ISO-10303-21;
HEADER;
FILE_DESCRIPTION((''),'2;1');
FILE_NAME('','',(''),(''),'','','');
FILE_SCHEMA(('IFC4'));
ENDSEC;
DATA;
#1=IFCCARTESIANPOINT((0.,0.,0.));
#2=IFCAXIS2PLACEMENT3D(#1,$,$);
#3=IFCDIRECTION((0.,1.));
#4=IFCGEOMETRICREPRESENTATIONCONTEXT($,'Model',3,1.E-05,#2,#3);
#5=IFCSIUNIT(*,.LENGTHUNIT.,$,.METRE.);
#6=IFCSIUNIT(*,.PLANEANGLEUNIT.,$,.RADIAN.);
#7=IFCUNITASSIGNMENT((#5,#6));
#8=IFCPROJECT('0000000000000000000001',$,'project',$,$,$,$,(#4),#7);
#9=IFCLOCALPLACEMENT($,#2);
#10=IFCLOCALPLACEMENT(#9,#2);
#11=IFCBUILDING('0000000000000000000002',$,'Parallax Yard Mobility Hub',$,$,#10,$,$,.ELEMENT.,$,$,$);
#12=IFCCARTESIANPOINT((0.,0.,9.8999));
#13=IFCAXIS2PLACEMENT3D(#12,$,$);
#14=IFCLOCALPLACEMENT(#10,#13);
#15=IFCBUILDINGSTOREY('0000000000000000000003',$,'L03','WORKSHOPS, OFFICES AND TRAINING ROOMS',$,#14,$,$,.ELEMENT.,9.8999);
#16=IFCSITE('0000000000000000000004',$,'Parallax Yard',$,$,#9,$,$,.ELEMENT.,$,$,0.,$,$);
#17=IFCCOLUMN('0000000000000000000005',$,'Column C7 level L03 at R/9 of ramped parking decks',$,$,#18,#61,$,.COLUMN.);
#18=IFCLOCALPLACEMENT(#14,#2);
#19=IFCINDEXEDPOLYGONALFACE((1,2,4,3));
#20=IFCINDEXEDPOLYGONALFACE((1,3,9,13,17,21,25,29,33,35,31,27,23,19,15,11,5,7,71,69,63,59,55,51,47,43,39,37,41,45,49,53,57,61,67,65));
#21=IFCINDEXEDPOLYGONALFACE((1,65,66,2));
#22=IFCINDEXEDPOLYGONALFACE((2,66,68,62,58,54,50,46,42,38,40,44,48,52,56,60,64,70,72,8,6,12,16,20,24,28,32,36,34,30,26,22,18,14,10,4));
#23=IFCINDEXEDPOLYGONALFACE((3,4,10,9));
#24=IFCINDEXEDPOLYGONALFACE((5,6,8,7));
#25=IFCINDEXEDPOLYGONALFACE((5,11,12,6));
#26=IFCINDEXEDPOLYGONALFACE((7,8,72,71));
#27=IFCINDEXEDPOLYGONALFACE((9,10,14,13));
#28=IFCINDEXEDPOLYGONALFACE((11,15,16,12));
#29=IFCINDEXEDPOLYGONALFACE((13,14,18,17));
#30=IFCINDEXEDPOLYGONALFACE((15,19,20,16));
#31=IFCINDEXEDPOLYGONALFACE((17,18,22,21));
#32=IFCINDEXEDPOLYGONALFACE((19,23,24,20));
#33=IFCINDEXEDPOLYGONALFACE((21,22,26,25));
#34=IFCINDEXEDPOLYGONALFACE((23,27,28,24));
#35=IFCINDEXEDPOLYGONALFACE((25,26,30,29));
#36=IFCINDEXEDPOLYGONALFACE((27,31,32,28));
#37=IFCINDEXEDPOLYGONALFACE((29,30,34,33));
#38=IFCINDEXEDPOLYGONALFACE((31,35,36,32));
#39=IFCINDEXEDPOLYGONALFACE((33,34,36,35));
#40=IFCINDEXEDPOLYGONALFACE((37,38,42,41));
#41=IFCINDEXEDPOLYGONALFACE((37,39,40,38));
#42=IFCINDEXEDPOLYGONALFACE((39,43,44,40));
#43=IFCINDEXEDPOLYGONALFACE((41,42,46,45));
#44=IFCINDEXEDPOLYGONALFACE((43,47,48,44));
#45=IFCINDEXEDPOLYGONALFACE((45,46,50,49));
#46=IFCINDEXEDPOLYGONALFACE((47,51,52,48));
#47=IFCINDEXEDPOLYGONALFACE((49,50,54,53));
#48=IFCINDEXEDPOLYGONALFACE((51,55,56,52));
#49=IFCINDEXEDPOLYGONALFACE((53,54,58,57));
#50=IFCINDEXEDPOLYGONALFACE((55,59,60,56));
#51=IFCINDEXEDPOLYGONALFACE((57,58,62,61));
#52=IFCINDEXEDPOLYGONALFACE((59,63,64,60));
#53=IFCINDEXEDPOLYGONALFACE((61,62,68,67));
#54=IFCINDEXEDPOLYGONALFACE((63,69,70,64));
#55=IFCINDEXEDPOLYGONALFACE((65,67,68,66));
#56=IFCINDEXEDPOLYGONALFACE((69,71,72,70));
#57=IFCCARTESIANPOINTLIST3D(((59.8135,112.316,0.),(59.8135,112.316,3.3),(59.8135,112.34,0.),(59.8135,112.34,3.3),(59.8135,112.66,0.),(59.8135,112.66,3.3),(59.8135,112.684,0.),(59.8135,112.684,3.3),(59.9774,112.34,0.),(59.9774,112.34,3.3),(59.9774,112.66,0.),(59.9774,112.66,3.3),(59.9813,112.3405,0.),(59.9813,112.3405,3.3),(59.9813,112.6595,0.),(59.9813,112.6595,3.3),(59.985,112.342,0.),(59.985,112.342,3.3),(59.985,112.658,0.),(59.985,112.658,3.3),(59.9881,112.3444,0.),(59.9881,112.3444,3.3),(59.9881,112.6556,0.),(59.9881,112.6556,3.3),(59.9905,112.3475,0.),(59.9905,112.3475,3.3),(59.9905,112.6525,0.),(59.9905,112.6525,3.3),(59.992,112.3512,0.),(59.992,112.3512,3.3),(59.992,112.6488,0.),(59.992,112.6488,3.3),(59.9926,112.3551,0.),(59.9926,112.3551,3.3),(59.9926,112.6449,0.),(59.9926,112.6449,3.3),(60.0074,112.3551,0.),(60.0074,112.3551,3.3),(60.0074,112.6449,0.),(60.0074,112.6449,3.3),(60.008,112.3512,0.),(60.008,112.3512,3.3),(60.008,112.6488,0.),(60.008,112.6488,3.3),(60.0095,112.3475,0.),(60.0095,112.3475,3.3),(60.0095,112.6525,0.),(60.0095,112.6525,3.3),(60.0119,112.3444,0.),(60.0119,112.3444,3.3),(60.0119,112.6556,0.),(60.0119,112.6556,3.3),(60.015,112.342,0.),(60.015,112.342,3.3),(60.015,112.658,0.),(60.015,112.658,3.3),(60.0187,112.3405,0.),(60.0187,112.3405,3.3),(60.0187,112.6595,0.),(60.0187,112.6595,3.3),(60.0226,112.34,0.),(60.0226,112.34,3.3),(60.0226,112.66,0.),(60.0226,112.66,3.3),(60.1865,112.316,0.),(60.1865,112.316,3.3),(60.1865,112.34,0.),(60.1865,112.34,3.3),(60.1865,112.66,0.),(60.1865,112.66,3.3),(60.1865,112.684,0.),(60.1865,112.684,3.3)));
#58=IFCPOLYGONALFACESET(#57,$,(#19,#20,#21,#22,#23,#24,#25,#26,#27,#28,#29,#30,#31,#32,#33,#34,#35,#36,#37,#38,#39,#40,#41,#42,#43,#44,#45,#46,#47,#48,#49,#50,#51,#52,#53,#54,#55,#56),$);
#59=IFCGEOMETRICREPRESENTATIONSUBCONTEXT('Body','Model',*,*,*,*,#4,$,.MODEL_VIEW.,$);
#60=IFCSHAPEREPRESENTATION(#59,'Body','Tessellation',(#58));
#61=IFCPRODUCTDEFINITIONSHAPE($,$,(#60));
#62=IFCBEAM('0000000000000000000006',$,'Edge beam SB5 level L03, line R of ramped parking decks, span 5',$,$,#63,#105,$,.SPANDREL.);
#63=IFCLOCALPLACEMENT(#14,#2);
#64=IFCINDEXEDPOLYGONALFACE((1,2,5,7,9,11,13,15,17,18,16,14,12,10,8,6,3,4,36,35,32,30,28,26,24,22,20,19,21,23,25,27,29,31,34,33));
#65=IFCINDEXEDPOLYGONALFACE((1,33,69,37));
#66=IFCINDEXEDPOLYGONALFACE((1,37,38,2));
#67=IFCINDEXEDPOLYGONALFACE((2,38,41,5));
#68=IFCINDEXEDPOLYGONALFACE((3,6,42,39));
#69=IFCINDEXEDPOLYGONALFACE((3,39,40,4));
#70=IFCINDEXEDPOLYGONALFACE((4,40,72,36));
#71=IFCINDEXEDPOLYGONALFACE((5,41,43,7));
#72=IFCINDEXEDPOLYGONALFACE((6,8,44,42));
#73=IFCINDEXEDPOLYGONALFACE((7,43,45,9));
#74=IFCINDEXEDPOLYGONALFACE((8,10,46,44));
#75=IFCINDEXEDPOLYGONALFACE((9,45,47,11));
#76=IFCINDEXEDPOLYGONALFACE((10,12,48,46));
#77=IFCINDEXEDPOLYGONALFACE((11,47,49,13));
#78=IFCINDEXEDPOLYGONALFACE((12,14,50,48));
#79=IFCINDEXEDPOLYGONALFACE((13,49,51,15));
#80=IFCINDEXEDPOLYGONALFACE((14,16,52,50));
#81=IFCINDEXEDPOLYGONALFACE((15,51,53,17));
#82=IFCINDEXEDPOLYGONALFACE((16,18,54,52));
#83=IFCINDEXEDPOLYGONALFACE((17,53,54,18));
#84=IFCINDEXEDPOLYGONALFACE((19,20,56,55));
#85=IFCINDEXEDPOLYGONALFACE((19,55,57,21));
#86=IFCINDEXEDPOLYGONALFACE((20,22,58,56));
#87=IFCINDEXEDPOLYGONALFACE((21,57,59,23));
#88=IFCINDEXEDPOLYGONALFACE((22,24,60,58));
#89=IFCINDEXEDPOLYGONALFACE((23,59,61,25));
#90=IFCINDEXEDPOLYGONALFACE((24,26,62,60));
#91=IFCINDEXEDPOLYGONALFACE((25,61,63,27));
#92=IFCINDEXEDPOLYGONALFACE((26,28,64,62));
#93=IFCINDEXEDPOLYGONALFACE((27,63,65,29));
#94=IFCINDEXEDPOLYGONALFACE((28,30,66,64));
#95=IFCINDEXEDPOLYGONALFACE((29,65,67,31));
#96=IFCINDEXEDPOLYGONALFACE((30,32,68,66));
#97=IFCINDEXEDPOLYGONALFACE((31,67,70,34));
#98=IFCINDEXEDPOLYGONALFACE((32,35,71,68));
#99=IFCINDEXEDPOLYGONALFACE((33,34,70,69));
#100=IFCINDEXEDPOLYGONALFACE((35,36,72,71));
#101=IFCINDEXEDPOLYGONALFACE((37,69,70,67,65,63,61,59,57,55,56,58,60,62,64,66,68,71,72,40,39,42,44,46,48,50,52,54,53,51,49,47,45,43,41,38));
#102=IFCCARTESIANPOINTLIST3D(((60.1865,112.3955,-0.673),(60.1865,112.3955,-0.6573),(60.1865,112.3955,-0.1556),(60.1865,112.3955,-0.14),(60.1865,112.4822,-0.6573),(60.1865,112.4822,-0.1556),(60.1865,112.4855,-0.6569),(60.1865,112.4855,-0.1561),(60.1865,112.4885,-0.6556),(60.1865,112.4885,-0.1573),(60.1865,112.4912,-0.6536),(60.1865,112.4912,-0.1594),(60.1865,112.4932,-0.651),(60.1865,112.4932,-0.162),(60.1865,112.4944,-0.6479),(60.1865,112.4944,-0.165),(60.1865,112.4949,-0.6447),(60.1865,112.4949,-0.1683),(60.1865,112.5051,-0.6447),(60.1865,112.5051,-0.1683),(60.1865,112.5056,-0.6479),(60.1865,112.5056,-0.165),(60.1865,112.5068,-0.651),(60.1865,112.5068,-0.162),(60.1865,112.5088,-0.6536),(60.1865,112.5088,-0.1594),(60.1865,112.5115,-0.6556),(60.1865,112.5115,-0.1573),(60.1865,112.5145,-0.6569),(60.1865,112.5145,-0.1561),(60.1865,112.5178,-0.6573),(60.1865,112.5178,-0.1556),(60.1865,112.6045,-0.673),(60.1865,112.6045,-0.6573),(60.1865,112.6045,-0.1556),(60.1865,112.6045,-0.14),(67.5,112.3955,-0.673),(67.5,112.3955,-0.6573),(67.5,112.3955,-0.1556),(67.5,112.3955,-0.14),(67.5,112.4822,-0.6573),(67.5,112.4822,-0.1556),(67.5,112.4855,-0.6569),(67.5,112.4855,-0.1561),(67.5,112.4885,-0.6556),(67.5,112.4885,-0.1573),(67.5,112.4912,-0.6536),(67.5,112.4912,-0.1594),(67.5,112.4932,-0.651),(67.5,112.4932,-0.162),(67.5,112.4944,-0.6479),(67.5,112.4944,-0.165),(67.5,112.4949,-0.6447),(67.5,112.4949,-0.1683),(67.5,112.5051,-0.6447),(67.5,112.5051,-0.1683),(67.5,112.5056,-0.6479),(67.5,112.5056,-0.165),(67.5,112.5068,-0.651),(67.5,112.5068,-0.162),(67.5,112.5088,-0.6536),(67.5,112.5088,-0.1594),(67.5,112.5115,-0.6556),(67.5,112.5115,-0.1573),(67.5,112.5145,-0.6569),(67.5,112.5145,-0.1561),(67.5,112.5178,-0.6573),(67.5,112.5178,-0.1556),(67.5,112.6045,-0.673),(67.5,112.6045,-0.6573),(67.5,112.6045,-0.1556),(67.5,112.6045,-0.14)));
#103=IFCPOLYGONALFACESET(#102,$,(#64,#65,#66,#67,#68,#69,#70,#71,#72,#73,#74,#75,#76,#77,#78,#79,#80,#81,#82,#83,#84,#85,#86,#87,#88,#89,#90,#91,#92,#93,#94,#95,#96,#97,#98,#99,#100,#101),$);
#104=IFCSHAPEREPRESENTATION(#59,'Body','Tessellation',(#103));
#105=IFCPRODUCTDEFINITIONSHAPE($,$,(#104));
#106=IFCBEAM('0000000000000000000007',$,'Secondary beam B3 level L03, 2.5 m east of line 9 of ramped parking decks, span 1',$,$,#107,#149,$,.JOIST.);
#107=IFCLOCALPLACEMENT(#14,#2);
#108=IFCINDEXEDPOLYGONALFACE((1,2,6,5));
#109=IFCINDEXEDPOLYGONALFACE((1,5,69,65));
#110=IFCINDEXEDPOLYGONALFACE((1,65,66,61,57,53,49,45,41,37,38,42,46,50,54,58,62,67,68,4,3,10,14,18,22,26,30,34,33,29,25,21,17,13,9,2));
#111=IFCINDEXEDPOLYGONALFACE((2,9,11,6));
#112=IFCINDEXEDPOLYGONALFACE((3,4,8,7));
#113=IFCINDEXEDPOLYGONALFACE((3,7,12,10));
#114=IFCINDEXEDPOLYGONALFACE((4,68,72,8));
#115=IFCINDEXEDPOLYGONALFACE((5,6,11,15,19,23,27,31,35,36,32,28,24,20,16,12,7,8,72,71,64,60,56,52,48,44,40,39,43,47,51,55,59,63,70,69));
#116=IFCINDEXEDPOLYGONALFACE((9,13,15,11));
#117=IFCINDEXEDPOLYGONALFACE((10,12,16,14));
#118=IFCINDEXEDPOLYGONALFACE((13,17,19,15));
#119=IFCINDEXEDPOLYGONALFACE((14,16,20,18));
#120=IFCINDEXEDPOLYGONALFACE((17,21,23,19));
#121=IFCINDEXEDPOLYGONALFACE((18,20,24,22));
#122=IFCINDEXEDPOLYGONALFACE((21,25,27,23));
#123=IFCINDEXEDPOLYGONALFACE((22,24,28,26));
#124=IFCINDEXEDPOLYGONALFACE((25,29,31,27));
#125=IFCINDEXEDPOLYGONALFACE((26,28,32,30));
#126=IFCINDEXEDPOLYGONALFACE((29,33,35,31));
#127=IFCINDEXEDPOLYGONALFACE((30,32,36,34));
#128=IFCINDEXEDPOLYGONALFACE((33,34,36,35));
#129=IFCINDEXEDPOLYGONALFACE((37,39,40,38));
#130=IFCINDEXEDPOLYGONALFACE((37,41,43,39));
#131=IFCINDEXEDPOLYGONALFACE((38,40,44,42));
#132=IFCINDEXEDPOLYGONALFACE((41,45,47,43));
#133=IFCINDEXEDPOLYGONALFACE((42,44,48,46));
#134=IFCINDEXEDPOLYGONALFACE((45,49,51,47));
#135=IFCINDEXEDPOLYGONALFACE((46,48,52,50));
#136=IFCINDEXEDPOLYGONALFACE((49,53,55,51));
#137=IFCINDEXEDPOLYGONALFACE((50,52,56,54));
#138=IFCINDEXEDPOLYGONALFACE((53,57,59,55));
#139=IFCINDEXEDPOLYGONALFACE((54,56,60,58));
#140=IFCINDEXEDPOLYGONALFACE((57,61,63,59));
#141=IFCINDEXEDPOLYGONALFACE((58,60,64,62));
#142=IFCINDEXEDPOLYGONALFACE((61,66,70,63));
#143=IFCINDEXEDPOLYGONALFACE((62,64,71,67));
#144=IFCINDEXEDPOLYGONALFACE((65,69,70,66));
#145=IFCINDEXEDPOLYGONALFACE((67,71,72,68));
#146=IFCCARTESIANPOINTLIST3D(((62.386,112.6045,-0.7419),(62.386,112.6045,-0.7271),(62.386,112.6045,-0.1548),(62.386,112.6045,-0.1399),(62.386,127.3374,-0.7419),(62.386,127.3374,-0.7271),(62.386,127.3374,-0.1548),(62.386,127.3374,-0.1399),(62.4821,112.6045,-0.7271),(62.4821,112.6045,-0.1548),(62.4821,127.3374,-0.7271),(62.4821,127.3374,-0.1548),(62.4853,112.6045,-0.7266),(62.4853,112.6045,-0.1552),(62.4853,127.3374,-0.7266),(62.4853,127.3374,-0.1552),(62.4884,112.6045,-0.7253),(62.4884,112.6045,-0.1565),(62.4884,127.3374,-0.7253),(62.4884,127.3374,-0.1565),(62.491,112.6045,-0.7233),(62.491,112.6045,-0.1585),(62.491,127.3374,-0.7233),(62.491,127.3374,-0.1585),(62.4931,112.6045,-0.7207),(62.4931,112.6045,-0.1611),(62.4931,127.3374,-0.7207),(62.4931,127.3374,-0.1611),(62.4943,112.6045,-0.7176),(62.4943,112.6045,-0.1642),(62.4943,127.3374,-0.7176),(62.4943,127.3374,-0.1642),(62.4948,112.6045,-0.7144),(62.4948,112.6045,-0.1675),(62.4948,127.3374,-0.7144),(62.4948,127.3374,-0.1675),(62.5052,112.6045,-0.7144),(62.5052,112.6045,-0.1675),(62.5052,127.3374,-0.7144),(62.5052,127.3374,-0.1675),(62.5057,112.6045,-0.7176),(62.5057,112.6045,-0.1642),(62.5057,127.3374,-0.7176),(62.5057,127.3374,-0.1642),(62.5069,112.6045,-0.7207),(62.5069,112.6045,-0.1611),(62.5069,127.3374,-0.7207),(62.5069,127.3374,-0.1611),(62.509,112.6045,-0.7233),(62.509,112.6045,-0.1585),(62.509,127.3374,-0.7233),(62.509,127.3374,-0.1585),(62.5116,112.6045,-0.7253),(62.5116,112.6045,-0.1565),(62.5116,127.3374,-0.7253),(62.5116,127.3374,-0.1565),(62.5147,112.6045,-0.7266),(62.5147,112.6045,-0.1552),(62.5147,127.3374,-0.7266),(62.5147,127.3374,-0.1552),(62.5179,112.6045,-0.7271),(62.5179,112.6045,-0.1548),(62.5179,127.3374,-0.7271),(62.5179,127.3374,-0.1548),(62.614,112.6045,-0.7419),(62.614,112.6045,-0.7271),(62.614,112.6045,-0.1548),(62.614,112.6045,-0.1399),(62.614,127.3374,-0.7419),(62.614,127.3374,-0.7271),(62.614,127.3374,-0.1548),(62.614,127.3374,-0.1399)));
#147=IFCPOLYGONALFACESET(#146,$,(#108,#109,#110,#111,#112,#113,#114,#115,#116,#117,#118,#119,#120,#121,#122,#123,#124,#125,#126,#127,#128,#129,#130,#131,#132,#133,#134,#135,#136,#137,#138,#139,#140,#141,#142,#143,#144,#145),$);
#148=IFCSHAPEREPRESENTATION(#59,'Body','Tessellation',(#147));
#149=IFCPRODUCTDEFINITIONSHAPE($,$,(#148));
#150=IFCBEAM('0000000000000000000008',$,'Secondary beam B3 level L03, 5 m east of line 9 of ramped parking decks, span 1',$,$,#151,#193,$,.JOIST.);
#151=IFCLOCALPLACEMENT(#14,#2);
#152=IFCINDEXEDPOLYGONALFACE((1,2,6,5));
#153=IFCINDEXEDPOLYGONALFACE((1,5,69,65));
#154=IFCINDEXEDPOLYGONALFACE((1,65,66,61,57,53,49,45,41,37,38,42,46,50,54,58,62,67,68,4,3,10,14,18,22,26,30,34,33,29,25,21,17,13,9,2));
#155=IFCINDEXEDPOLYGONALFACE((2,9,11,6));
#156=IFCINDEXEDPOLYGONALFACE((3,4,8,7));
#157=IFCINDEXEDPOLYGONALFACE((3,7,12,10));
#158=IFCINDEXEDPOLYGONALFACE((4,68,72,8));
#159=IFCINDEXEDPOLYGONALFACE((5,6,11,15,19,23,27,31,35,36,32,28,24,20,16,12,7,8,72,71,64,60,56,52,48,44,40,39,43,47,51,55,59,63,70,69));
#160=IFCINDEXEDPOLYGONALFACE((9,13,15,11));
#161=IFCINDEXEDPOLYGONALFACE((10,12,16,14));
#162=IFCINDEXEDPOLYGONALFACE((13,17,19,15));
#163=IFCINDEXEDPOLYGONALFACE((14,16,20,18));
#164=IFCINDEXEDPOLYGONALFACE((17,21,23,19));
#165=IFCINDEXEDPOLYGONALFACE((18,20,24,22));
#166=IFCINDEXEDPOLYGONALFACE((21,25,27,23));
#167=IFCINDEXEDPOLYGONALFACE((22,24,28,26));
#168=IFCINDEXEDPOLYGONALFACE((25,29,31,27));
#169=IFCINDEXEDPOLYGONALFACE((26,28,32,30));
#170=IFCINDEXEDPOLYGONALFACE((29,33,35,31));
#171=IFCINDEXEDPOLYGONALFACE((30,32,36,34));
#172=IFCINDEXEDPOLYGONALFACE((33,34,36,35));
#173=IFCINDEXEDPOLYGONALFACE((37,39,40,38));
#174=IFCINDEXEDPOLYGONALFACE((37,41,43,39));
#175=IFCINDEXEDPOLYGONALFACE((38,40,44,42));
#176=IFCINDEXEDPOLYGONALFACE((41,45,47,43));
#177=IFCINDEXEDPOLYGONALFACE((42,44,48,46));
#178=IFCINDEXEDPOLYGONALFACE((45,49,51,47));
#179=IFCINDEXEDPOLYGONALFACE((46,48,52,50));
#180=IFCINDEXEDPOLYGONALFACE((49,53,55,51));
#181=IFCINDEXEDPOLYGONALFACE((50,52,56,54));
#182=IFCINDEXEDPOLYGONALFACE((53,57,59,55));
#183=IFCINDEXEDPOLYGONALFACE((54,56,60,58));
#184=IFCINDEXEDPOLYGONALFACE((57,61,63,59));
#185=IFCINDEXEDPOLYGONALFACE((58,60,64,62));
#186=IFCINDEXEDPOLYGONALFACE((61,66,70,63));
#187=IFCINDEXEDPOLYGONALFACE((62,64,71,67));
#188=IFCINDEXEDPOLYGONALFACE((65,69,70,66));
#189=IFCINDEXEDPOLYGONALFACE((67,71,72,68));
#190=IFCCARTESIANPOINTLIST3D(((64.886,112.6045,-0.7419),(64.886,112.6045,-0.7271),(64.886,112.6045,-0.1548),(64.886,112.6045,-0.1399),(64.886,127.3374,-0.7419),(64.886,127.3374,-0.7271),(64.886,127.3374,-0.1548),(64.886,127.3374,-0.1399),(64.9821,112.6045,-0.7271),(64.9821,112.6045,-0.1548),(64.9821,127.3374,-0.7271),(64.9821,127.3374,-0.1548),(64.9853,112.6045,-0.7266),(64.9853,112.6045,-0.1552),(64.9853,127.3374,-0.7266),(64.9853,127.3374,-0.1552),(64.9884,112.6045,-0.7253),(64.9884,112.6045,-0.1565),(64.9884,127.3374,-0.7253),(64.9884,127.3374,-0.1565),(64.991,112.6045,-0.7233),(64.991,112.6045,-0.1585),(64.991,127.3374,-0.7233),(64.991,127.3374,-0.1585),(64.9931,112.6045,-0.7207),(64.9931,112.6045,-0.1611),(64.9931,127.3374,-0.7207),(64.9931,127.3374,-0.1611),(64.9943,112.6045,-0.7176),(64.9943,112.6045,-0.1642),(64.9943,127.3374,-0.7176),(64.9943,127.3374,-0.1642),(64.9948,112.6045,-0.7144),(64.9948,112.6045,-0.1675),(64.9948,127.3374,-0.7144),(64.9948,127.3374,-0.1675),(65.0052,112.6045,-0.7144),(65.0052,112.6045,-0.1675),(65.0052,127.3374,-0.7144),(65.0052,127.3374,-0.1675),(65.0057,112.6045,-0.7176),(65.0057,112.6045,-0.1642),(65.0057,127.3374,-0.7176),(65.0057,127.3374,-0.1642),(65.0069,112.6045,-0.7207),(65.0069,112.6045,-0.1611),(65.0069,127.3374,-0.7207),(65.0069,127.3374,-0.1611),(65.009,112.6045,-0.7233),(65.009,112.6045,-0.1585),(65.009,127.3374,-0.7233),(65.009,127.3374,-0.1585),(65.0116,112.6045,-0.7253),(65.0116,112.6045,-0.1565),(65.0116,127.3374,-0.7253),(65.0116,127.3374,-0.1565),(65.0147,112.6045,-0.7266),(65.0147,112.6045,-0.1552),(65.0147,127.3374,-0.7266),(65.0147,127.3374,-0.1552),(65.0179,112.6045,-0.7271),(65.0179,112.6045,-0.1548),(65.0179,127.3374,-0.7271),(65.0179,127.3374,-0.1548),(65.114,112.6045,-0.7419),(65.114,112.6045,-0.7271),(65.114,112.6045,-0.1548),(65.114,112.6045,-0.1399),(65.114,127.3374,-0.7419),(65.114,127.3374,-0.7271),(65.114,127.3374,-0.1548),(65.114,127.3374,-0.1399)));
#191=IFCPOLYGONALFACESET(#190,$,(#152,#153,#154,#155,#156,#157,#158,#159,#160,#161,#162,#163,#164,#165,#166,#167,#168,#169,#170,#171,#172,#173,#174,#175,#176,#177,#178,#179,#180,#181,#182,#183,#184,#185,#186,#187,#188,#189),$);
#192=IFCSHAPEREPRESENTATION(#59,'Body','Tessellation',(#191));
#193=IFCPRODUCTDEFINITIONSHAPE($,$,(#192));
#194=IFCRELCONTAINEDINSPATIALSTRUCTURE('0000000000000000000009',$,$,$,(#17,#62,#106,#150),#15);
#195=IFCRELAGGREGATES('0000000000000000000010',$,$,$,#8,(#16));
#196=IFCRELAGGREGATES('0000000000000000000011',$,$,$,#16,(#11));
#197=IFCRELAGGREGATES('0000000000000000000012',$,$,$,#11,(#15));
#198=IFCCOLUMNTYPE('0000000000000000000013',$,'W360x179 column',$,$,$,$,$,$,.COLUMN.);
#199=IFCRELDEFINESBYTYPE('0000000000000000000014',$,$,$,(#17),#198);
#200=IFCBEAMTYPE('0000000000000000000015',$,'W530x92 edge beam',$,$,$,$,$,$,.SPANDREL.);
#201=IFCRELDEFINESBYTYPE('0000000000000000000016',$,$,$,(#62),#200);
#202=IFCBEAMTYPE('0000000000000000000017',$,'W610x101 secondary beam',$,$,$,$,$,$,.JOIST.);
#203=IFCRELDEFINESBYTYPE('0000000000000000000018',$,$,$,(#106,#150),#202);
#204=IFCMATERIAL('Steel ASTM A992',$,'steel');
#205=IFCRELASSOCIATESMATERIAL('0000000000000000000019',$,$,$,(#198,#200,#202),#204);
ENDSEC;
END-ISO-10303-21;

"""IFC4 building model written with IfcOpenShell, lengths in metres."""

from ifc_helpers import new_model, si_unit, direction, frame, origin, origin_2d, place, context, subcontext, project, spatial, i_section, extrude, material, material_profile, profile_set, type_object, element, save


model = new_model("IFC4")

# Units and contexts
model_context = context("Model", 3, precision=1e-05, world=origin(), true_north=direction((0.0, 1.0)))
body_context = subcontext(model_context, "Body", "Model", "MODEL_VIEW")
ifc_project = project(units=[si_unit("LENGTHUNIT", "METRE"), si_unit("PLANEANGLEUNIT", "RADIAN")], contexts=[model_context])

# Site, building, storey
site_placement = place(None, origin())
site = spatial("IfcSite", under=ifc_project, at=site_placement, Name="Parallax Yard", CompositionType="ELEMENT", RefElevation=0.0)
building_placement = place(site_placement, origin())
building = spatial("IfcBuilding", under=site, at=building_placement, Name="Parallax Yard Mobility Hub", CompositionType="ELEMENT")
storey_placement = place(building_placement, frame((0.0, 0.0, 9.8999)))
storey = spatial("IfcBuildingStorey", under=building, at=storey_placement, Name="L03", Description="WORKSHOPS, OFFICES AND TRAINING ROOMS", CompositionType="ELEMENT", Elevation=9.8999)

# Column
ifc_material_1 = material(Name="Steel ASTM A992", Category="steel")
ifc_material_profile_1 = material_profile(ifc_material_1, i_section(OverallWidth=0.373, OverallDepth=0.3679, WebThickness=0.0149, FlangeThickness=0.0239, FilletRadius=0.0151, at=origin_2d()), Name="W360x179")
ifc_profile_set_1 = profile_set([ifc_material_profile_1], Name="Steel ASTM A992")
column_type = type_object("IfcColumnType", Name="W360x179 column", PredefinedType="COLUMN", material=ifc_profile_set_1)
column_placement = place(storey_placement, frame((60.0, 112.5, 0.0), z_axis=(0.0, 0.0, 1.0), x_axis=(1.0, 0.0, 0.0)))
element("IfcColumn", 1, at=column_placement, inside=storey, type_object=column_type, Name="Column C7 level L03 at R/9 of ramped parking decks", PredefinedType="COLUMN", context=body_context, shape_type="SweptSolid", body=[
    extrude(i_section(OverallWidth=0.373, OverallDepth=0.3679, WebThickness=0.0149, FlangeThickness=0.0239, FilletRadius=0.0151, at=origin_2d()), origin(), (0.0, 0.0, 1.0), 3.3),
])

# Beams
ifc_material_profile_2 = material_profile(ifc_material_1, i_section(OverallWidth=0.209, OverallDepth=0.533, WebThickness=0.0103, FlangeThickness=0.0156, FilletRadius=0.0127, at=origin_2d()), Name="W530x92")
ifc_profile_set_2 = profile_set([ifc_material_profile_2], Name="Steel ASTM A992")
beam_type_1 = type_object("IfcBeamType", Name="W530x92 edge beam", PredefinedType="SPANDREL", material=ifc_profile_set_2)
beam_1_placement = place(storey_placement, frame((60.1865, 112.5, -0.4065), z_axis=(1.0, 0.0, 0.0), x_axis=(0.0, 1.0, 0.0)))
element("IfcBeam", 2, at=beam_1_placement, inside=storey, type_object=beam_type_1, Name="Edge beam SB5 level L03, line R of ramped parking decks, span 5", PredefinedType="SPANDREL", context=body_context, shape_type="SweptSolid", body=[
    extrude(i_section(OverallWidth=0.209, OverallDepth=0.533, WebThickness=0.0103, FlangeThickness=0.0156, FilletRadius=0.0127, at=origin_2d()), origin(), (0.0, 0.0, 1.0), 7.3135),
])
ifc_material_profile_3 = material_profile(ifc_material_1, i_section(OverallWidth=0.228, OverallDepth=0.6021, WebThickness=0.0105, FlangeThickness=0.0149, FilletRadius=0.0127, at=origin_2d()), Name="W610x101")
ifc_profile_set_3 = profile_set([ifc_material_profile_3], Name="Steel ASTM A992")
beam_type_2 = type_object("IfcBeamType", Name="W610x101 secondary beam", PredefinedType="JOIST", material=ifc_profile_set_3)
for number, where, z_axis, x_axis, name in (
    (3, (62.5, 112.6045, -0.4409), (0.0, 1.0, 0.0), (-1.0, 0.0, 0.0), "Secondary beam B3 level L03, 2.5 m east of line 9 of ramped parking decks, span 1"),
    (4, (65.0, 112.6045, -0.4409), (0.0, 1.0, 0.0), (-1.0, 0.0, 0.0), "Secondary beam B3 level L03, 5 m east of line 9 of ramped parking decks, span 1"),
):
    element("IfcBeam", number, at=place(storey_placement, frame(where, z_axis=z_axis, x_axis=x_axis)), inside=storey, type_object=beam_type_2, Name=name, PredefinedType="JOIST", context=body_context, shape_type="SweptSolid", body=[
        extrude(i_section(OverallWidth=0.228, OverallDepth=0.6021, WebThickness=0.0105, FlangeThickness=0.0149, FilletRadius=0.0127, at=origin_2d()), origin(), (0.0, 0.0, 1.0), 14.7329),
    ])

save(model, "model.ifc")
